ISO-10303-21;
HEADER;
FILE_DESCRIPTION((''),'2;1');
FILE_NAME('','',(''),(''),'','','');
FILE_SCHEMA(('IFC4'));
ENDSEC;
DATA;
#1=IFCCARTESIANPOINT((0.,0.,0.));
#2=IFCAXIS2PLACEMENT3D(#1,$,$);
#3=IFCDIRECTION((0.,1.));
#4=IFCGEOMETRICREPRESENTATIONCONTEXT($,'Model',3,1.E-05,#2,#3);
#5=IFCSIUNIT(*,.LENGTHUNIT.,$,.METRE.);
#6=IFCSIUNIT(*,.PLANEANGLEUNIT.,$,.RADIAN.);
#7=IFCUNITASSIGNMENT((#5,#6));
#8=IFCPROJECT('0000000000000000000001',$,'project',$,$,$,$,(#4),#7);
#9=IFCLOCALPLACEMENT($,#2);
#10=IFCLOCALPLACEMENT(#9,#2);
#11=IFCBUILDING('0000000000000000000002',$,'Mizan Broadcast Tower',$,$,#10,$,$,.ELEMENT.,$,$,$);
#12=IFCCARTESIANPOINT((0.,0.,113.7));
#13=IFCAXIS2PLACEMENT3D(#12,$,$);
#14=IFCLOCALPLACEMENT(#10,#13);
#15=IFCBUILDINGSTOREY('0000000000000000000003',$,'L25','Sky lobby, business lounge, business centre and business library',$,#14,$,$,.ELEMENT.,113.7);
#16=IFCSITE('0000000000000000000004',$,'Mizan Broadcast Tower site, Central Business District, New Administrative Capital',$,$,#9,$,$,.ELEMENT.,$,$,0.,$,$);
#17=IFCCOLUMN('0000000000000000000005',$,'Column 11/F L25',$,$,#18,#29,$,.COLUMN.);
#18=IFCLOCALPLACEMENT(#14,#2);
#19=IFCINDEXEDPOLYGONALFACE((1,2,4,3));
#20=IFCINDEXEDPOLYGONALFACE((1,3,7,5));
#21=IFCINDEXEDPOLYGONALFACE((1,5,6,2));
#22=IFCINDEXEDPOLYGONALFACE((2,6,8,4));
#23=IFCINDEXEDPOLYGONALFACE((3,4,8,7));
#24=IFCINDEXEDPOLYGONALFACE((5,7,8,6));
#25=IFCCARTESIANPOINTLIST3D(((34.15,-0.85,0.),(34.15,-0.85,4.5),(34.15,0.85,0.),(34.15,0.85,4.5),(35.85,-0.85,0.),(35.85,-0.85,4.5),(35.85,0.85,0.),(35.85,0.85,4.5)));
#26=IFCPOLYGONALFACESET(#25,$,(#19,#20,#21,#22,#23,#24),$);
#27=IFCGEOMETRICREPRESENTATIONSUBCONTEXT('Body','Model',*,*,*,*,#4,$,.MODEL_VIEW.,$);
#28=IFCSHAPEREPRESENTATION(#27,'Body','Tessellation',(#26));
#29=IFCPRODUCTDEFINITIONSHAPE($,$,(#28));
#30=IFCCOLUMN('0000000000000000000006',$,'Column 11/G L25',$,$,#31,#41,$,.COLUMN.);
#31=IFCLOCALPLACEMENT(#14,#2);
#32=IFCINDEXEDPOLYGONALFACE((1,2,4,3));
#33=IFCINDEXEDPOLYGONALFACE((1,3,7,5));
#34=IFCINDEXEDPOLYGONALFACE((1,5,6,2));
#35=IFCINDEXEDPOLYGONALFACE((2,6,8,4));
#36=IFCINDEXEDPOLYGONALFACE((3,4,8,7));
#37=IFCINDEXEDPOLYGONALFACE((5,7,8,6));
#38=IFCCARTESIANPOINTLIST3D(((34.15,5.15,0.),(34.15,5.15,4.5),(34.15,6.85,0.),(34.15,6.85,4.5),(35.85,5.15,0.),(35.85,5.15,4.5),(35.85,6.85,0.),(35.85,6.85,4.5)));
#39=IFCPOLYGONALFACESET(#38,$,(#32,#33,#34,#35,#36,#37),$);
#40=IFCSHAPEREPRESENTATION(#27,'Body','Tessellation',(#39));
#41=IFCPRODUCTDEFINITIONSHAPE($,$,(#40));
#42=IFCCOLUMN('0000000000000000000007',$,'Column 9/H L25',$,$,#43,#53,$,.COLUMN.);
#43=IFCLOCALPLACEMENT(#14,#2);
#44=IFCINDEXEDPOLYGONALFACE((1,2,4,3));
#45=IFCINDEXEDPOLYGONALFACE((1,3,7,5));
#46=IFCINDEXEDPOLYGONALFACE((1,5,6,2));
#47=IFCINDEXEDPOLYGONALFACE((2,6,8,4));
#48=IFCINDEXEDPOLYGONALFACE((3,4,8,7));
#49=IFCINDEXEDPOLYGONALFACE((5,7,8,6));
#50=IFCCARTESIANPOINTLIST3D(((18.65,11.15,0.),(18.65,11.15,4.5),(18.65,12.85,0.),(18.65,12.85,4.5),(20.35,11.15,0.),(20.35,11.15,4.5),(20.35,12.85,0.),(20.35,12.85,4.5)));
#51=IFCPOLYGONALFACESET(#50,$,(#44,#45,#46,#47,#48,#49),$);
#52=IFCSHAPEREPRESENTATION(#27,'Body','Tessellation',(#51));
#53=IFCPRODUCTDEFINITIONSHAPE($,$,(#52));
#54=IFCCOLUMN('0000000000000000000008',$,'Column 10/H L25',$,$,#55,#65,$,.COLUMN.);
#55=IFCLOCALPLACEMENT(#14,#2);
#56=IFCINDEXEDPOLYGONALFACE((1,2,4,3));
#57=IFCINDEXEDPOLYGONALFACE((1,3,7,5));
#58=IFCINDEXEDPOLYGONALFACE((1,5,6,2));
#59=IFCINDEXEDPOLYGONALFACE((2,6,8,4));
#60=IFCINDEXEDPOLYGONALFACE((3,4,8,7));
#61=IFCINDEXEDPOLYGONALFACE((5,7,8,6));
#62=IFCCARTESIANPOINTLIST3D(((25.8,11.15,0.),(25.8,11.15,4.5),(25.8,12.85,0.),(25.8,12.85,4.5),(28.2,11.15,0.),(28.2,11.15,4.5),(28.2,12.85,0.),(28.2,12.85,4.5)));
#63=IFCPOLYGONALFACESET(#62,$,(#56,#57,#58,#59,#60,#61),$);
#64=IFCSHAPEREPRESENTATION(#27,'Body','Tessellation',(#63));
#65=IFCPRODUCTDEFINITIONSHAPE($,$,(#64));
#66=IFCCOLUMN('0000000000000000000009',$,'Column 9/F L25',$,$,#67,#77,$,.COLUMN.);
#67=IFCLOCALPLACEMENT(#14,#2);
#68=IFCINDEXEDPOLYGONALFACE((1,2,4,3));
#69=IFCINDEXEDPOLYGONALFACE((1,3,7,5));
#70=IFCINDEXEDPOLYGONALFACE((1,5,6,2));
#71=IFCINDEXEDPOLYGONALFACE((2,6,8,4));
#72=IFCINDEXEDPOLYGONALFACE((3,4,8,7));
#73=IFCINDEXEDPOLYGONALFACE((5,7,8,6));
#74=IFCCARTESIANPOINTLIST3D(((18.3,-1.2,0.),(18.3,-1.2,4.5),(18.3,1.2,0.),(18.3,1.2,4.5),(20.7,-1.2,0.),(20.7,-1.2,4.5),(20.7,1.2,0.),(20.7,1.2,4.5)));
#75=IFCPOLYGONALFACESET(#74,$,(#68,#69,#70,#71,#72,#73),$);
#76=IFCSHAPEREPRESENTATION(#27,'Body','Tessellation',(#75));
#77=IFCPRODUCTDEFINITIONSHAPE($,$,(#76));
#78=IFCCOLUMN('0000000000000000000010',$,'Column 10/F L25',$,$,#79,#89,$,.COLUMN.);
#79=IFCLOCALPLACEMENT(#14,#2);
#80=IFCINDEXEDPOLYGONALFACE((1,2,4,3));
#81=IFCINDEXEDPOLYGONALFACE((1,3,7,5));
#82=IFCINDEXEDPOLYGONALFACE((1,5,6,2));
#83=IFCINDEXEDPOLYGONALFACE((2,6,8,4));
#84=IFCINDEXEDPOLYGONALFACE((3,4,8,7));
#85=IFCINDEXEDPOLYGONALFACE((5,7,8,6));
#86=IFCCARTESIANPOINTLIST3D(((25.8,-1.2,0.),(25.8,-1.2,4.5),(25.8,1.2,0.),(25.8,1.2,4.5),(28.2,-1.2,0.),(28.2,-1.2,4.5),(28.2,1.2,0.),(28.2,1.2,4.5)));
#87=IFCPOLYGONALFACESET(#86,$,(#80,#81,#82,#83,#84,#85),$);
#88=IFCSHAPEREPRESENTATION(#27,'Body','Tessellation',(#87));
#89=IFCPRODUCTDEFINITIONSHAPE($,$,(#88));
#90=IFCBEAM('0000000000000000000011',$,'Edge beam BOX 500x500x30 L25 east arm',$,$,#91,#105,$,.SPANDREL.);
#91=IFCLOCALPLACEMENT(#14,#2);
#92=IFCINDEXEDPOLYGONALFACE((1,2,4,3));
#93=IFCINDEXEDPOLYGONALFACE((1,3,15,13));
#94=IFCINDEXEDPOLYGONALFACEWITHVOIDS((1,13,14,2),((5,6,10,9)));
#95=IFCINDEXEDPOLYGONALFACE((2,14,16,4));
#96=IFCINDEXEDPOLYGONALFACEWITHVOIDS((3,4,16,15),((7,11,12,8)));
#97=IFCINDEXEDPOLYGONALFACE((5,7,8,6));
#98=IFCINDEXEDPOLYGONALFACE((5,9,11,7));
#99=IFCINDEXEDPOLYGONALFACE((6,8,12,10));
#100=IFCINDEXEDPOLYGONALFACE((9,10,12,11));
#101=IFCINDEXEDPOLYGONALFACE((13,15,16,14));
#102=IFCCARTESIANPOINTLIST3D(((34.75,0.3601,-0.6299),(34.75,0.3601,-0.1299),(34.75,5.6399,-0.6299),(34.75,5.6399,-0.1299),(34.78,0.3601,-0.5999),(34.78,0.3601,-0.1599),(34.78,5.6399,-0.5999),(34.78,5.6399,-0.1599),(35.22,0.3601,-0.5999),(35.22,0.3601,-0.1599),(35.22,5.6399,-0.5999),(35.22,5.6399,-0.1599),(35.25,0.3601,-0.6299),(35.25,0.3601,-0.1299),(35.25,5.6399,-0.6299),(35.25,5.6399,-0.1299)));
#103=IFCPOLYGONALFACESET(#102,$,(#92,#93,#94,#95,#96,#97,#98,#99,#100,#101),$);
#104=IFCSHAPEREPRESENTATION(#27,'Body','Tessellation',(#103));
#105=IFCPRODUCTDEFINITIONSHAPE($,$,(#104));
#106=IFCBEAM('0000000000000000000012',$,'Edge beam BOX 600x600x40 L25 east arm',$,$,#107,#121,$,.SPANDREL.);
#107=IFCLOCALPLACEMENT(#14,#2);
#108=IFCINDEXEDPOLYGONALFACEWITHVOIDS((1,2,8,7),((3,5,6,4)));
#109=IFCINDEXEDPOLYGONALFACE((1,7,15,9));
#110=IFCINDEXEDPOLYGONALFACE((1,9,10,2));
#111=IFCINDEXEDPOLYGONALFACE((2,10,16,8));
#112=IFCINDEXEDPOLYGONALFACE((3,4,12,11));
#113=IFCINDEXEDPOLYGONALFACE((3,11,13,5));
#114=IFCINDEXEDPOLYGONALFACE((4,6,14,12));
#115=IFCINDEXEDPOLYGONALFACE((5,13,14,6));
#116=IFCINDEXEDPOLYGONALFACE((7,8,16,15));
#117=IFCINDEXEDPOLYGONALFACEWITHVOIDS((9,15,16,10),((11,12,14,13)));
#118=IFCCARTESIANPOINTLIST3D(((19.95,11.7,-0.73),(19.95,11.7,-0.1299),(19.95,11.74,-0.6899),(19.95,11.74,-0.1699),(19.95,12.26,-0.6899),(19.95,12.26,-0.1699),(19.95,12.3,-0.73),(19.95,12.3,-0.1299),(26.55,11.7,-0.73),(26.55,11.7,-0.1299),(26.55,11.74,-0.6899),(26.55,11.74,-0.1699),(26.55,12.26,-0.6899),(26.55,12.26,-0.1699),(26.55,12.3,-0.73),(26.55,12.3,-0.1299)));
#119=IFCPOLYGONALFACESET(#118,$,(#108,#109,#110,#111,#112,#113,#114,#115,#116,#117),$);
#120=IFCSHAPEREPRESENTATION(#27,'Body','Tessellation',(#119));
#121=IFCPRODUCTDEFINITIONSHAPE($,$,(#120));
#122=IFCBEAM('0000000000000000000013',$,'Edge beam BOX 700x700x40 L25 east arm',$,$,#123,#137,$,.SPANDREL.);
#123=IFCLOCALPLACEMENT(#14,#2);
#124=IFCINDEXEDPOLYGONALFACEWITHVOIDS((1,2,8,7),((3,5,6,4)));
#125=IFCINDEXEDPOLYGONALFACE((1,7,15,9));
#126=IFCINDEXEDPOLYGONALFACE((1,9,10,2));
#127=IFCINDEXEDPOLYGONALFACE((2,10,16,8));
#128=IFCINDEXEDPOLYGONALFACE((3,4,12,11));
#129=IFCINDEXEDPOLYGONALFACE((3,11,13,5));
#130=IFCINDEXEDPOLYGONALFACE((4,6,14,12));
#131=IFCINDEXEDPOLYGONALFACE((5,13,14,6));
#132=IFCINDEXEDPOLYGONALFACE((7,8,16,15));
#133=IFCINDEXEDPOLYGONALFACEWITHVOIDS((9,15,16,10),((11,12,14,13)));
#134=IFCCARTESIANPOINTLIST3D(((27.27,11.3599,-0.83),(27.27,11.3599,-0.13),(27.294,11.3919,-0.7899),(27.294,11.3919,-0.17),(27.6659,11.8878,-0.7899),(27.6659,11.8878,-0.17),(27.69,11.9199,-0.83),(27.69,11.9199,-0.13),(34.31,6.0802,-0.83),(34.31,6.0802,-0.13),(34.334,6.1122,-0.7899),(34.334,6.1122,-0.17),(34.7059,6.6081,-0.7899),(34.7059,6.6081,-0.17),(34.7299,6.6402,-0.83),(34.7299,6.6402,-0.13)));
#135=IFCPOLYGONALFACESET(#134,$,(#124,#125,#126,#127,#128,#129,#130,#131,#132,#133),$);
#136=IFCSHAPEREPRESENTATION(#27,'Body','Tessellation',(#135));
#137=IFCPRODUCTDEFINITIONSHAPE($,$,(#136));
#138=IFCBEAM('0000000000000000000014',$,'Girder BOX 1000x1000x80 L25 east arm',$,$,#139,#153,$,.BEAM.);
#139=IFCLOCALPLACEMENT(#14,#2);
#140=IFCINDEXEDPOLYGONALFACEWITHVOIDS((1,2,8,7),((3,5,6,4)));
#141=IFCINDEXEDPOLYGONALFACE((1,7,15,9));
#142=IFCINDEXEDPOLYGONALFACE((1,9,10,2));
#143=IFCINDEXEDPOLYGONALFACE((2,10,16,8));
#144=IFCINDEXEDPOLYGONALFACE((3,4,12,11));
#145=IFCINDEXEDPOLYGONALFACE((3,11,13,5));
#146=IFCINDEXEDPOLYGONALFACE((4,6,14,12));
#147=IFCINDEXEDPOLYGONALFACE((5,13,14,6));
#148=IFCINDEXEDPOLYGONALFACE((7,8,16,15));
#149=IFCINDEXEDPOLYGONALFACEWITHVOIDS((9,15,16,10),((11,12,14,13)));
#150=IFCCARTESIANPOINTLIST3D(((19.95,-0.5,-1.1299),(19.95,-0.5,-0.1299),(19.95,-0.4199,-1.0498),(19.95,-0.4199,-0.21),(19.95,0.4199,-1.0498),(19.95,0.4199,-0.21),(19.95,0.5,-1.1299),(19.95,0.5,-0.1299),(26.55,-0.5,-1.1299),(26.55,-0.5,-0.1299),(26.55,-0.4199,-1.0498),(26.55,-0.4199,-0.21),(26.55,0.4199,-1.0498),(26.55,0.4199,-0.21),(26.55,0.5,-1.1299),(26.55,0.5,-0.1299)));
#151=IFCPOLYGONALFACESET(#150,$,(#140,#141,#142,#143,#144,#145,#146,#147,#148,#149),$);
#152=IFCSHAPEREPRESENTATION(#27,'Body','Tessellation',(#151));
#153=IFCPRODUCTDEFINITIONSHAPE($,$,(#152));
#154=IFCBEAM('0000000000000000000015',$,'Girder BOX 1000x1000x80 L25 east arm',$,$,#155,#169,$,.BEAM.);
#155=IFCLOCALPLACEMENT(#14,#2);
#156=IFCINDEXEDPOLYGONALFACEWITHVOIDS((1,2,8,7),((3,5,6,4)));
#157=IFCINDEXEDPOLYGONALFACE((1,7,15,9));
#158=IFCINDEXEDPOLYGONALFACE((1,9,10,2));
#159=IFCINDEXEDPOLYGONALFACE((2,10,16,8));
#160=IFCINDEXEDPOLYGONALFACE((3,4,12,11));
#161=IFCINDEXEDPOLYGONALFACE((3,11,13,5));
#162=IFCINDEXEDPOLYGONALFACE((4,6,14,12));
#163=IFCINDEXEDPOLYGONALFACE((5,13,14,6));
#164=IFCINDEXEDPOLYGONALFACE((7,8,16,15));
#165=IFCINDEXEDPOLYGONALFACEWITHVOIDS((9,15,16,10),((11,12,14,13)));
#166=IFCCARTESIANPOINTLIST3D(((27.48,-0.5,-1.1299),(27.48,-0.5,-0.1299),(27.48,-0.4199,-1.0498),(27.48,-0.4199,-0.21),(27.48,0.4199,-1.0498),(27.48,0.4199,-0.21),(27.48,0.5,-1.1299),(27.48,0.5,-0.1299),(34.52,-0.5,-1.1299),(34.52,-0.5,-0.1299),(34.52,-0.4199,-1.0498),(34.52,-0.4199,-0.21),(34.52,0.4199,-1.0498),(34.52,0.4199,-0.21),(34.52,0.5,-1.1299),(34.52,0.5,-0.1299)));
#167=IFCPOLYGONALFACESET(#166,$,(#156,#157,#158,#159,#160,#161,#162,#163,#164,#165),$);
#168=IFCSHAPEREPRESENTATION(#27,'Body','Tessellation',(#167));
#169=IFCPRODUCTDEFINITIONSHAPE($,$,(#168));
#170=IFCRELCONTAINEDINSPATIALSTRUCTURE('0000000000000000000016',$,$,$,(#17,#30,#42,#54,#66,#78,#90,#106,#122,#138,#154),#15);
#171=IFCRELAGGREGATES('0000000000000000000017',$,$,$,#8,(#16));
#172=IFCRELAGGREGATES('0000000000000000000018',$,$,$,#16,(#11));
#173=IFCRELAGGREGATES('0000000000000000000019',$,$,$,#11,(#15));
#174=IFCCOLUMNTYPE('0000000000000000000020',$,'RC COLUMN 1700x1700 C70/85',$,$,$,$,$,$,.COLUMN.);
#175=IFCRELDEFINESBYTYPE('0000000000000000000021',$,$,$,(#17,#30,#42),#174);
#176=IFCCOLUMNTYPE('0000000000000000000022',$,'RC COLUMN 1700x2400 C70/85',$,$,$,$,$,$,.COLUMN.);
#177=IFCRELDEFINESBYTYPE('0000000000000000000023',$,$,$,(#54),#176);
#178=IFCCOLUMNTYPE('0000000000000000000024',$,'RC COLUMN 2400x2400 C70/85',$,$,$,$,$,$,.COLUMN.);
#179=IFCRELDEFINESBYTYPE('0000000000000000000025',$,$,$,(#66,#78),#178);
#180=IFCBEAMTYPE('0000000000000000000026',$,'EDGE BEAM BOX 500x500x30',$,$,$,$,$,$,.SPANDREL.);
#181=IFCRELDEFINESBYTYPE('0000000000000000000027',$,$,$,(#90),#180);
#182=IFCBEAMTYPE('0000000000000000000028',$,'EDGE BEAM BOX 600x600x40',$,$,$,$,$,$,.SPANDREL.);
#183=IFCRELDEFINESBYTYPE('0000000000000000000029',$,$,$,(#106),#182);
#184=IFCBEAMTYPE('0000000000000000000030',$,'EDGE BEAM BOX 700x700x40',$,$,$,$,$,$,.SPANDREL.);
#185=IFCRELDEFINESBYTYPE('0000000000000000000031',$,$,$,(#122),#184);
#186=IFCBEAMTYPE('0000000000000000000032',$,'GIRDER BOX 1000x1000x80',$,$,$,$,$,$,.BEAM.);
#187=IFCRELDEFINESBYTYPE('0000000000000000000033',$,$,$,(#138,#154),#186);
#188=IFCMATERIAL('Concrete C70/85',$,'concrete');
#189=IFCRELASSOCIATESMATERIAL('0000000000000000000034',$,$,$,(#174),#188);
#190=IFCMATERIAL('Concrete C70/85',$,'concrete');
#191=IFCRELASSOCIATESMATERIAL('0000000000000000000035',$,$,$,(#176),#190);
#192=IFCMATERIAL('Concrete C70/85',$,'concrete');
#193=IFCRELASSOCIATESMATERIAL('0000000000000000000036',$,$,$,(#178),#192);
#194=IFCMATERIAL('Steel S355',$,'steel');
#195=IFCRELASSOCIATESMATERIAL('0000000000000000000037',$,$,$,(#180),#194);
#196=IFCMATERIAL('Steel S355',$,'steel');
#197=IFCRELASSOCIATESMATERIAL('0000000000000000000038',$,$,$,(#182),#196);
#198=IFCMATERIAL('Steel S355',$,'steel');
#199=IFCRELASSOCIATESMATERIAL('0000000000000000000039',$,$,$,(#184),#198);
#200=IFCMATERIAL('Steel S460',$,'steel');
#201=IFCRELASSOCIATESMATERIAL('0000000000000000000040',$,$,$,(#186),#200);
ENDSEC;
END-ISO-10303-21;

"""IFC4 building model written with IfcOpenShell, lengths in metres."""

from ifc_helpers import new_model, si_unit, direction, frame, origin, origin_2d, place, context, subcontext, project, spatial, rectangle, hollow_rectangle, extrude, material, material_profile, profile_set, type_object, element, save


model = new_model("IFC4")

# Units and contexts
model_context = context("Model", 3, precision=1e-05, world=origin(), true_north=direction((0.0, 1.0)))
body_context = subcontext(model_context, "Body", "Model", "MODEL_VIEW")
ifc_project = project(units=[si_unit("LENGTHUNIT", "METRE"), si_unit("PLANEANGLEUNIT", "RADIAN")], contexts=[model_context])

# Site, building, storey
site_placement = place(None, origin())
site = spatial("IfcSite", under=ifc_project, at=site_placement, Name="Mizan Broadcast Tower site, Central Business District, New Administrative Capital", CompositionType="ELEMENT", RefElevation=0.0)
building_placement = place(site_placement, origin())
building = spatial("IfcBuilding", under=site, at=building_placement, Name="Mizan Broadcast Tower", CompositionType="ELEMENT")
storey_placement = place(building_placement, frame((0.0, 0.0, 113.7)))
storey = spatial("IfcBuildingStorey", under=building, at=storey_placement, Name="L25", Description="Sky lobby, business lounge, business centre and business library", CompositionType="ELEMENT", Elevation=113.7)

# Columns
ifc_material_1 = material(Name="Concrete C70/85", Category="concrete")
ifc_material_profile_1 = material_profile(ifc_material_1, rectangle(XDim=1.7, YDim=1.7, at=origin_2d()), Name="RC 1700x1700")
ifc_profile_set_1 = profile_set([ifc_material_profile_1], Name="Concrete C70/85")
column_type_1 = type_object("IfcColumnType", Name="RC COLUMN 1700x1700 C70/85", PredefinedType="COLUMN", material=ifc_profile_set_1)
for number, where, z_axis, x_axis, name in (
    (1, (35.0, 0.0, 0.0), (0.0, 0.0, 1.0), (1.0, 0.0, 0.0), "Column 11/F L25"),
    (2, (35.0, 6.0, 0.0), (0.0, 0.0, 1.0), (1.0, 0.0, 0.0), "Column 11/G L25"),
    (3, (19.5, 12.0, 0.0), (0.0, 0.0, 1.0), (1.0, 0.0, 0.0), "Column 9/H L25"),
):
    element("IfcColumn", number, at=place(storey_placement, frame(where, z_axis=z_axis, x_axis=x_axis)), inside=storey, type_object=column_type_1, Name=name, PredefinedType="COLUMN", context=body_context, shape_type="SweptSolid", body=[
        extrude(rectangle(XDim=1.7, YDim=1.7, at=origin_2d()), origin(), (0.0, 0.0, 1.0), 4.5),
    ])
ifc_material_2 = material(Name="Concrete C70/85", Category="concrete")
ifc_material_profile_2 = material_profile(ifc_material_2, rectangle(XDim=1.7, YDim=2.3999, at=origin_2d()), Name="RC 1700x2400")
ifc_profile_set_2 = profile_set([ifc_material_profile_2], Name="Concrete C70/85")
column_type_2 = type_object("IfcColumnType", Name="RC COLUMN 1700x2400 C70/85", PredefinedType="COLUMN", material=ifc_profile_set_2)
column_placement = place(storey_placement, frame((27.0, 12.0, 0.0), z_axis=(0.0, 0.0, 1.0), x_axis=(0.0, 1.0, 0.0)))
element("IfcColumn", 4, at=column_placement, inside=storey, type_object=column_type_2, Name="Column 10/H L25", PredefinedType="COLUMN", context=body_context, shape_type="SweptSolid", body=[
    extrude(rectangle(XDim=1.7, YDim=2.3999, at=origin_2d()), origin(), (0.0, 0.0, 1.0), 4.5),
])
ifc_material_3 = material(Name="Concrete C70/85", Category="concrete")
ifc_material_profile_3 = material_profile(ifc_material_3, rectangle(XDim=2.3999, YDim=2.3999, at=origin_2d()), Name="RC 2400x2400")
ifc_profile_set_3 = profile_set([ifc_material_profile_3], Name="Concrete C70/85")
column_type_3 = type_object("IfcColumnType", Name="RC COLUMN 2400x2400 C70/85", PredefinedType="COLUMN", material=ifc_profile_set_3)
for number, where, z_axis, x_axis, name in (
    (5, (19.5, 0.0, 0.0), (0.0, 0.0, 1.0), (1.0, 0.0, 0.0), "Column 9/F L25"),
    (6, (27.0, 0.0, 0.0), (0.0, 0.0, 1.0), (1.0, 0.0, 0.0), "Column 10/F L25"),
):
    element("IfcColumn", number, at=place(storey_placement, frame(where, z_axis=z_axis, x_axis=x_axis)), inside=storey, type_object=column_type_3, Name=name, PredefinedType="COLUMN", context=body_context, shape_type="SweptSolid", body=[
        extrude(rectangle(XDim=2.3999, YDim=2.3999, at=origin_2d()), origin(), (0.0, 0.0, 1.0), 4.5),
    ])

# Beams
ifc_material_4 = material(Name="Steel S355", Category="steel")
ifc_material_profile_4 = material_profile(ifc_material_4, hollow_rectangle(XDim=0.5, YDim=0.5, WallThickness=0.03, at=origin_2d()), Name="BOX 500x500x30")
ifc_profile_set_4 = profile_set([ifc_material_profile_4], Name="Steel S355")
beam_type_1 = type_object("IfcBeamType", Name="EDGE BEAM BOX 500x500x30", PredefinedType="SPANDREL", material=ifc_profile_set_4)
beam_1_placement = place(storey_placement, frame((35.0, 5.6399, -0.3799), z_axis=(0.0, -1.0, 0.0), x_axis=(1.0, 0.0, 0.0)))
element("IfcBeam", 7, at=beam_1_placement, inside=storey, type_object=beam_type_1, Name="Edge beam BOX 500x500x30 L25 east arm", PredefinedType="SPANDREL", context=body_context, shape_type="SweptSolid", body=[
    extrude(hollow_rectangle(XDim=0.5, YDim=0.5, WallThickness=0.03, at=origin_2d()), origin(), (0.0, 0.0, 1.0), 5.2798),
])
ifc_material_5 = material(Name="Steel S355", Category="steel")
ifc_material_profile_5 = material_profile(ifc_material_5, hollow_rectangle(XDim=0.6001, YDim=0.6001, WallThickness=0.04, at=origin_2d()), Name="BOX 600x600x40")
ifc_profile_set_5 = profile_set([ifc_material_profile_5], Name="Steel S355")
beam_type_2 = type_object("IfcBeamType", Name="EDGE BEAM BOX 600x600x40", PredefinedType="SPANDREL", material=ifc_profile_set_5)
beam_2_placement = place(storey_placement, frame((19.95, 12.0, -0.4299), z_axis=(1.0, 0.0, 0.0), x_axis=(0.0, 1.0, 0.0)))
element("IfcBeam", 8, at=beam_2_placement, inside=storey, type_object=beam_type_2, Name="Edge beam BOX 600x600x40 L25 east arm", PredefinedType="SPANDREL", context=body_context, shape_type="SweptSolid", body=[
    extrude(hollow_rectangle(XDim=0.6001, YDim=0.6001, WallThickness=0.04, at=origin_2d()), origin(), (0.0, 0.0, 1.0), 6.6001),
])
ifc_material_6 = material(Name="Steel S355", Category="steel")
ifc_material_profile_6 = material_profile(ifc_material_6, hollow_rectangle(XDim=0.7, YDim=0.7, WallThickness=0.04, at=origin_2d()), Name="BOX 700x700x40")
ifc_profile_set_6 = profile_set([ifc_material_profile_6], Name="Steel S355")
beam_type_3 = type_object("IfcBeamType", Name="EDGE BEAM BOX 700x700x40", PredefinedType="SPANDREL", material=ifc_profile_set_6)
beam_3_placement = place(storey_placement, frame((27.48, 11.6399, -0.48), z_axis=(0.800013, -0.599982, 0.0), x_axis=(0.599982, 0.800013, 0.0)))
element("IfcBeam", 9, at=beam_3_placement, inside=storey, type_object=beam_type_3, Name="Edge beam BOX 700x700x40 L25 east arm", PredefinedType="SPANDREL", context=body_context, shape_type="SweptSolid", body=[
    extrude(hollow_rectangle(XDim=0.7, YDim=0.7, WallThickness=0.04, at=origin_2d()), origin(), (0.0, 0.0, 1.0), 8.7998),
])
ifc_material_7 = material(Name="Steel S460", Category="steel")
ifc_material_profile_7 = material_profile(ifc_material_7, hollow_rectangle(XDim=1.0, YDim=1.0, WallThickness=0.0801, at=origin_2d()), Name="BOX 1000x1000x80")
ifc_profile_set_7 = profile_set([ifc_material_profile_7], Name="Steel S460")
beam_type_4 = type_object("IfcBeamType", Name="GIRDER BOX 1000x1000x80", PredefinedType="BEAM", material=ifc_profile_set_7)
beam_4_placement = place(storey_placement, frame((19.95, 0.0, -0.6299), z_axis=(1.0, 0.0, 0.0), x_axis=(0.0, 1.0, 0.0)))
element("IfcBeam", 10, at=beam_4_placement, inside=storey, type_object=beam_type_4, Name="Girder BOX 1000x1000x80 L25 east arm", PredefinedType="BEAM", context=body_context, shape_type="SweptSolid", body=[
    extrude(hollow_rectangle(XDim=1.0, YDim=1.0, WallThickness=0.0801, at=origin_2d()), origin(), (0.0, 0.0, 1.0), 6.6001),
])
beam_5_placement = place(storey_placement, frame((27.48, 0.0, -0.6299), z_axis=(1.0, 0.0, 0.0), x_axis=(0.0, 1.0, 0.0)))
element("IfcBeam", 11, at=beam_5_placement, inside=storey, type_object=beam_type_4, Name="Girder BOX 1000x1000x80 L25 east arm", PredefinedType="BEAM", context=body_context, shape_type="SweptSolid", body=[
    extrude(hollow_rectangle(XDim=1.0, YDim=1.0, WallThickness=0.0801, at=origin_2d()), origin(), (0.0, 0.0, 1.0), 7.04),
])

save(model, "model.ifc")
